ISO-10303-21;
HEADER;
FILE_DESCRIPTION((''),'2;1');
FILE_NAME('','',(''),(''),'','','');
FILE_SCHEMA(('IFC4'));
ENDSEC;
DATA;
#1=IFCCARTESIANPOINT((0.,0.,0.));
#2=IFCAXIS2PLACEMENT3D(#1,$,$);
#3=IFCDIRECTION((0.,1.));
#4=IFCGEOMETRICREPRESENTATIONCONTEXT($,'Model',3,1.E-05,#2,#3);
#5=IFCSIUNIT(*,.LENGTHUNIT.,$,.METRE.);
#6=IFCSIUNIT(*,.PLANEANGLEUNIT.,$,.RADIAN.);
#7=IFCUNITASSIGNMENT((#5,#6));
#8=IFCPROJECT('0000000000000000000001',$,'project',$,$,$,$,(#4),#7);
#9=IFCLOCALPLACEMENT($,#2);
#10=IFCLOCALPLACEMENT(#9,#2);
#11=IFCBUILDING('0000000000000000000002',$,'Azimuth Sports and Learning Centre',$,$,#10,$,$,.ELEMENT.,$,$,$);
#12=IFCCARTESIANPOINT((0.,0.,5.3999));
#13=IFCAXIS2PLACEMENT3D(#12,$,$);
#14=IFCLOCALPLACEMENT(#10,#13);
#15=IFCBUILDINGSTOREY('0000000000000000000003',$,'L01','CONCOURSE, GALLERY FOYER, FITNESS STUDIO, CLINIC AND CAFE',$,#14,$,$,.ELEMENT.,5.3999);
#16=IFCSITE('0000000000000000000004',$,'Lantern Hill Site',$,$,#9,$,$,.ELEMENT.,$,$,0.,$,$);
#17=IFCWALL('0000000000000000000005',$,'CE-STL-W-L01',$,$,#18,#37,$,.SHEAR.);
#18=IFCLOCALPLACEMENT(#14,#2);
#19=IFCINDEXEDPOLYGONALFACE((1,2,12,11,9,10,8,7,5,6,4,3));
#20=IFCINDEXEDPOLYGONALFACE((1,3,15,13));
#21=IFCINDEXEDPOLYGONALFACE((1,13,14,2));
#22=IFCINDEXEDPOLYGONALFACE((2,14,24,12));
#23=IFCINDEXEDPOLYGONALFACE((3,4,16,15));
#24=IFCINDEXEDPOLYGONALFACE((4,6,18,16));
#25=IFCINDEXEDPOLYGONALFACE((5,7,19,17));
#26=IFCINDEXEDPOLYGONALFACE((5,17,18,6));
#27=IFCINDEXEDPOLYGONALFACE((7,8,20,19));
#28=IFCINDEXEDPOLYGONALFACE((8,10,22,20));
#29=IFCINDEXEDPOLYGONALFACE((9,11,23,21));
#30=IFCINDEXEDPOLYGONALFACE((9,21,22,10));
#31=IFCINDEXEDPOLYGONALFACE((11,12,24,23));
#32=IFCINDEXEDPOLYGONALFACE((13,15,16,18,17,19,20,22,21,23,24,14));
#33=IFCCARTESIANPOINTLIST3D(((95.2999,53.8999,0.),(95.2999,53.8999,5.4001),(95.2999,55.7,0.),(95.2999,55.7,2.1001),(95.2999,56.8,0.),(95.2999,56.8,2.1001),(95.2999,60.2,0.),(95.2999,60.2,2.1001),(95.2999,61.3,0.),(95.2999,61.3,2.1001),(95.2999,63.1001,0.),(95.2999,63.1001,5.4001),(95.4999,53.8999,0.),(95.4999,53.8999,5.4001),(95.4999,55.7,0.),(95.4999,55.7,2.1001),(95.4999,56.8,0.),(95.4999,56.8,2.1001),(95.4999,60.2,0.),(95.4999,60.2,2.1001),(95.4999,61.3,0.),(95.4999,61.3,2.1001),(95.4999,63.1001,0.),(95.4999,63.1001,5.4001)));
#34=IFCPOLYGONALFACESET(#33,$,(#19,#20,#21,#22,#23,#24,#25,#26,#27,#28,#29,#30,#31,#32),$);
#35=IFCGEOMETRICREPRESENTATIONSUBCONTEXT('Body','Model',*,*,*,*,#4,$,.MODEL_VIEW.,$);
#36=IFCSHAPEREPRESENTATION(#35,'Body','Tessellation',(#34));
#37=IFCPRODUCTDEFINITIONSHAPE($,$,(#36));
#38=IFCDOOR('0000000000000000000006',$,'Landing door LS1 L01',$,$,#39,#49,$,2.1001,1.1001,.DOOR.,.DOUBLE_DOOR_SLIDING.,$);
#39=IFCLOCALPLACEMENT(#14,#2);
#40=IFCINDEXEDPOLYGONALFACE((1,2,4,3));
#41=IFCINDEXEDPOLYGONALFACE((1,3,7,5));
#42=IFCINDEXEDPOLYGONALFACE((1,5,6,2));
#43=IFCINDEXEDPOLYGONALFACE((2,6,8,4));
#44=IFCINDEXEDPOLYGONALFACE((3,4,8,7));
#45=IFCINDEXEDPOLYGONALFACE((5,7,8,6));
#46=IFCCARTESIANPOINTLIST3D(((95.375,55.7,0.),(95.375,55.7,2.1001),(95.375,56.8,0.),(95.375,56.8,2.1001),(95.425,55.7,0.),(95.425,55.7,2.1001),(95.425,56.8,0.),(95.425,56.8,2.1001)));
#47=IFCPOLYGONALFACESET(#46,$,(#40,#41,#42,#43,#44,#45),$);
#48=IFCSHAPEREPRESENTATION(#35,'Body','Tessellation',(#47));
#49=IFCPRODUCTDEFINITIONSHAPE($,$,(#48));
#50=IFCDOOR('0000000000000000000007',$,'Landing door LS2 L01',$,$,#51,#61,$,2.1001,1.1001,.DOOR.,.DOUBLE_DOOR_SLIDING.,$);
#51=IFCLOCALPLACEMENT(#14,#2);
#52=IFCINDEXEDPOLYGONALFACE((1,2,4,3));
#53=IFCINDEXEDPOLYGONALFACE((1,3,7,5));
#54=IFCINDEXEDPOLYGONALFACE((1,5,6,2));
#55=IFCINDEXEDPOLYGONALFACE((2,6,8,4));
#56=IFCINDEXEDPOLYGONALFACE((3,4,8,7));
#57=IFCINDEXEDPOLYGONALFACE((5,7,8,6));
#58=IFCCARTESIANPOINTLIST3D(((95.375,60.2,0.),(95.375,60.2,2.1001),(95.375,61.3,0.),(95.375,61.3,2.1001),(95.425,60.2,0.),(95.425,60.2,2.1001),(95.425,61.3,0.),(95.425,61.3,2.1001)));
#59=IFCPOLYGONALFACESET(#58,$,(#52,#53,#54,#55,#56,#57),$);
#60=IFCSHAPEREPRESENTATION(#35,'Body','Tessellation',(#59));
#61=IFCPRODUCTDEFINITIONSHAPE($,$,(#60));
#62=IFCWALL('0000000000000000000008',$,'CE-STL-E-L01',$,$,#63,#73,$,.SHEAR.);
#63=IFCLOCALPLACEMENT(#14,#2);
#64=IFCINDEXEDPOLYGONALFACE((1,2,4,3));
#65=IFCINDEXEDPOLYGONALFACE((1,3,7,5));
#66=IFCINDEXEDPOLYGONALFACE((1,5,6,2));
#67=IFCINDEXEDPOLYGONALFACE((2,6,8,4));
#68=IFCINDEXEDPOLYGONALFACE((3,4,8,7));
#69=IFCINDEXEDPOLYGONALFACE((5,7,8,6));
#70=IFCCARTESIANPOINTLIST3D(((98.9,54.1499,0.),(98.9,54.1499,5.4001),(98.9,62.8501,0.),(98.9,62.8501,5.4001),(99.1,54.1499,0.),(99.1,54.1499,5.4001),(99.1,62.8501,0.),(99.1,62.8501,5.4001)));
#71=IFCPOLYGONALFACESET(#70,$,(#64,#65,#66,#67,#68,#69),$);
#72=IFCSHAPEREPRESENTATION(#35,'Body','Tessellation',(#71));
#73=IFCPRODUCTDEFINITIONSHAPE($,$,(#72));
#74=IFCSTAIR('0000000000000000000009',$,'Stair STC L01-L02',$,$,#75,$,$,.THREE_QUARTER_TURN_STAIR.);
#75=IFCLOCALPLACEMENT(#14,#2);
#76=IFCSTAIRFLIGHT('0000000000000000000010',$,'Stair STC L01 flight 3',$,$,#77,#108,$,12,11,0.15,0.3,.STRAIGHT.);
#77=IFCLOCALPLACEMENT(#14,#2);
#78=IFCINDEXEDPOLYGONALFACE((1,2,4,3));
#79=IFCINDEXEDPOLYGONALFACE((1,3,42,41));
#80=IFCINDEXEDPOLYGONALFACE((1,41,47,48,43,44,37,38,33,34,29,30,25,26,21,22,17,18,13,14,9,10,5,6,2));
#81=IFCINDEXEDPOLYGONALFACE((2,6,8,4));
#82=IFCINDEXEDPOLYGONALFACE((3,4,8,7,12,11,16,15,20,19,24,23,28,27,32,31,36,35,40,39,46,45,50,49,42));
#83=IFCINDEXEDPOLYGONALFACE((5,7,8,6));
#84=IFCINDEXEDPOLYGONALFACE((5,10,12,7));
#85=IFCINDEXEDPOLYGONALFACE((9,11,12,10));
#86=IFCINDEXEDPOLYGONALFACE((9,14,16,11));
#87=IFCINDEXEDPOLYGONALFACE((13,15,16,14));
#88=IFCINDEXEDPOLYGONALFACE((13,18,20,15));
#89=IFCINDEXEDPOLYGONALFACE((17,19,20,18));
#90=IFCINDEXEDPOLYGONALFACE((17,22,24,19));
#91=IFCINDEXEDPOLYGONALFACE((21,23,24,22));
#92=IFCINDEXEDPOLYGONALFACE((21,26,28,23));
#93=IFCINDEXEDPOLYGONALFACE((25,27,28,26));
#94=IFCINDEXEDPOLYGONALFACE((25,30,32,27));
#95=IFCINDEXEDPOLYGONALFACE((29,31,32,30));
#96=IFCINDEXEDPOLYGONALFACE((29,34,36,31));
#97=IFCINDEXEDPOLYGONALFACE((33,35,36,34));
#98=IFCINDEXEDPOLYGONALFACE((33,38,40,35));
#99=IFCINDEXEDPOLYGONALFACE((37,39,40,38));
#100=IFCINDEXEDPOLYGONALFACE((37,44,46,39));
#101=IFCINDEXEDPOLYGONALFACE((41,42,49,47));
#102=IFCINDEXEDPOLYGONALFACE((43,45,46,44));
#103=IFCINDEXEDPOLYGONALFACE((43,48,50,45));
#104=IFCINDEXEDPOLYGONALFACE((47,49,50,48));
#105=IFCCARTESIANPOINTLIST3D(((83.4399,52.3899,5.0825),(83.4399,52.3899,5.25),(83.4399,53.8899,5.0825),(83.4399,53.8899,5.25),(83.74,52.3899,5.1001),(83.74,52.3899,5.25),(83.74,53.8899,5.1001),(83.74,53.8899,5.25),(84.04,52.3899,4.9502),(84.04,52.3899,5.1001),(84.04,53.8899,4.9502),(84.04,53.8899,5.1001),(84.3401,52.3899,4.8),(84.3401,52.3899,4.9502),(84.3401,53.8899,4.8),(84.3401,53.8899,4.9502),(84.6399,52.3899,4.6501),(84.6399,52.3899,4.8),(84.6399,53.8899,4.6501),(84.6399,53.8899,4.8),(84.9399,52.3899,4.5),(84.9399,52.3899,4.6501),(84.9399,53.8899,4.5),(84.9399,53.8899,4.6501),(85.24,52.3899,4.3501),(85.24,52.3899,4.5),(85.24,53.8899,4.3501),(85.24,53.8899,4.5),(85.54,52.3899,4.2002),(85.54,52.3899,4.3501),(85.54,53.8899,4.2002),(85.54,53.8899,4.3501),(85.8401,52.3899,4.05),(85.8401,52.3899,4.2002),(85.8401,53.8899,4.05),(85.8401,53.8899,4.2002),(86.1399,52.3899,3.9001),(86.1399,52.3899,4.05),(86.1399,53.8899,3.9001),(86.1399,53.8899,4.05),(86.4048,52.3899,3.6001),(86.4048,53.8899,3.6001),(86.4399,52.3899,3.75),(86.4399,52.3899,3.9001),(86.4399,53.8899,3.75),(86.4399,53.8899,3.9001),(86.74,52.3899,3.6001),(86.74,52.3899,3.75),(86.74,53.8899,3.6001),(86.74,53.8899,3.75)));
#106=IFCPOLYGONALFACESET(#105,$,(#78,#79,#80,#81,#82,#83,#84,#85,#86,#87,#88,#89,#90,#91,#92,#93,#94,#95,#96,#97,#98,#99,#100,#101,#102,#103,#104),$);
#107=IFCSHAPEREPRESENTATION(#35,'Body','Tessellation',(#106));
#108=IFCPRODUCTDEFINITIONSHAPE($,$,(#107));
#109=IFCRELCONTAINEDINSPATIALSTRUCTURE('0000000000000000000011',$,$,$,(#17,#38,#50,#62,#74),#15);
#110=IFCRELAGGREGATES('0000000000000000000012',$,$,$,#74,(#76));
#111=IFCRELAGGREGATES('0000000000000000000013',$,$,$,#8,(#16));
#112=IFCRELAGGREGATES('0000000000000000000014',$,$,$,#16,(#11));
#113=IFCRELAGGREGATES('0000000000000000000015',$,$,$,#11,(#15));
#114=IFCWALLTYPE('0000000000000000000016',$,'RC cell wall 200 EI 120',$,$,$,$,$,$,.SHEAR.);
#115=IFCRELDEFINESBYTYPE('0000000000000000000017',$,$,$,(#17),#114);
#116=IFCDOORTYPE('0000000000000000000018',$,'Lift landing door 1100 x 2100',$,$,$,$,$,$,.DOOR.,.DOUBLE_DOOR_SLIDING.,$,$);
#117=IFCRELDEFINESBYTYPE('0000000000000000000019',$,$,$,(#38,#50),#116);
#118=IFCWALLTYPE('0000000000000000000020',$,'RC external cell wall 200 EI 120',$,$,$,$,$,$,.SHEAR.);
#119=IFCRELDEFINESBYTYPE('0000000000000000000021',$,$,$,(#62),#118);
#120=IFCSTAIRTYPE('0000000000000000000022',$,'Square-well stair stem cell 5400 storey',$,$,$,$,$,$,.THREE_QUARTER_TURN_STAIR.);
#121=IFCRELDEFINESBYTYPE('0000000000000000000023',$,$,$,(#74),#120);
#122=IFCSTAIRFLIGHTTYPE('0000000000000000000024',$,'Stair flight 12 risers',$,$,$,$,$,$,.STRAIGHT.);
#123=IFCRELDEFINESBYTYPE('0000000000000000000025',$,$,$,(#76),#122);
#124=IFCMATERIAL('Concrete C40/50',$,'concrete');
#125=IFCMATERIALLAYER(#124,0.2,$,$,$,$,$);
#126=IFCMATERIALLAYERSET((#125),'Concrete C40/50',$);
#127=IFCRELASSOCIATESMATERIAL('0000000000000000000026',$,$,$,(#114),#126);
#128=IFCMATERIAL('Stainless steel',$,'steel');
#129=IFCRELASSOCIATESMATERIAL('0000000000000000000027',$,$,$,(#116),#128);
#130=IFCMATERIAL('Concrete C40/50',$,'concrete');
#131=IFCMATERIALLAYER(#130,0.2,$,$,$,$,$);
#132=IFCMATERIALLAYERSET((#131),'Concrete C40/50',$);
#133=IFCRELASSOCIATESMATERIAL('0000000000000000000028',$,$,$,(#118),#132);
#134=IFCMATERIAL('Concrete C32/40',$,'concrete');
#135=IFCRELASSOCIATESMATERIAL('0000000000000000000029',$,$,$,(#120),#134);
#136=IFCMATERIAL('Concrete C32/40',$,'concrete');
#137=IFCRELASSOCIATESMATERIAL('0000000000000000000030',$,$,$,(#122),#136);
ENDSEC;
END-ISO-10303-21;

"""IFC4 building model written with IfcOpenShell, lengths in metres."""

from ifc_helpers import new_model, si_unit, direction, frame, frame_2d, origin, place, context, subcontext, project, spatial, polyline, rectangle, outline, extrude, material, layer, layer_set, type_object, element, fill, aggregate, save


model = new_model("IFC4")

# Units and contexts
model_context = context("Model", 3, precision=1e-05, world=origin(), true_north=direction((0.0, 1.0)))
body_context = subcontext(model_context, "Body", "Model", "MODEL_VIEW")
ifc_project = project(units=[si_unit("LENGTHUNIT", "METRE"), si_unit("PLANEANGLEUNIT", "RADIAN")], contexts=[model_context])

# Site, building, storey
site_placement = place(None, origin())
site = spatial("IfcSite", under=ifc_project, at=site_placement, Name="Lantern Hill Site", CompositionType="ELEMENT", RefElevation=0.0)
building_placement = place(site_placement, origin())
building = spatial("IfcBuilding", under=site, at=building_placement, Name="Azimuth Sports and Learning Centre", CompositionType="ELEMENT")
storey_placement = place(building_placement, frame((0.0, 0.0, 5.3999)))
storey = spatial("IfcBuildingStorey", under=building, at=storey_placement, Name="L01", Description="CONCOURSE, GALLERY FOYER, FITNESS STUDIO, CLINIC AND CAFE", CompositionType="ELEMENT", Elevation=5.3999)

# Shared definitions
ifc_material_1 = material(Name="Concrete C40/50", Category="concrete")
ifc_layer_1 = layer(ifc_material_1, 0.2)
ifc_layer_set_1 = layer_set([ifc_layer_1], Name="Concrete C40/50")
wall_type_1 = type_object("IfcWallType", Name="RC cell wall 200 EI 120", PredefinedType="SHEAR", material=ifc_layer_set_1)

# Wall, openings, doors
wall_1_placement = place(storey_placement, frame((95.3999, 53.8999, 0.0), z_axis=(0.0, 0.0, 1.0), x_axis=(0.0, 1.0, 0.0)))
wall_1 = element("IfcWall", 1, at=wall_1_placement, inside=storey, type_object=wall_type_1, Name="CE-STL-W-L01", PredefinedType="SHEAR", context=body_context, shape_type="SweptSolid", body=[
    extrude(rectangle(XDim=9.2002, YDim=0.2, at=frame_2d((4.6001, 0.0))), origin(), (0.0, 0.0, 1.0), 5.4001),
])
opening_1_placement = place(wall_1_placement, frame((1.8, 0.0, 0.0)))
opening_1 = element("IfcOpeningElement", 2, at=opening_1_placement, cuts=wall_1, PredefinedType="OPENING", context=body_context, shape_type="SweptSolid", body=[
    extrude(rectangle(XDim=1.1001, YDim=2.1001, at=frame_2d((0.55, 1.05))), frame((0.0, 0.1108, 0.0), z_axis=(0.0, -1.0, 0.0), x_axis=(1.0, 0.0, 0.0)), (0.0, 0.0, 1.0), 0.2219),
])
opening_2_placement = place(wall_1_placement, frame((6.3, 0.0, 0.0)))
opening_2 = element("IfcOpeningElement", 3, at=opening_2_placement, cuts=wall_1, PredefinedType="OPENING", context=body_context, shape_type="SweptSolid", body=[
    extrude(rectangle(XDim=1.1001, YDim=2.1001, at=frame_2d((0.55, 1.05))), frame((0.0, 0.1108, 0.0), z_axis=(0.0, -1.0, 0.0), x_axis=(1.0, 0.0, 0.0)), (0.0, 0.0, 1.0), 0.2219),
])
ifc_material_2 = material(Name="Stainless steel", Category="steel")
door_type = type_object("IfcDoorType", Name="Lift landing door 1100 x 2100", OperationType="DOUBLE_DOOR_SLIDING", PredefinedType="DOOR", material=ifc_material_2)
door_1_placement = place(opening_1_placement, origin())
door_1 = element("IfcDoor", 4, at=door_1_placement, inside=storey, type_object=door_type, Name="Landing door LS1 L01", OperationType="DOUBLE_DOOR_SLIDING", OverallHeight=2.1001, OverallWidth=1.1001, PredefinedType="DOOR", context=body_context, shape_type="SweptSolid", body=[
    extrude(rectangle(XDim=1.1001, YDim=2.1001, at=frame_2d((0.55, 1.05))), frame((0.0, 0.0249, 0.0), z_axis=(0.0, -1.0, 0.0), x_axis=(1.0, 0.0, 0.0)), (0.0, 0.0, 1.0), 0.05),
])
fill(opening_1, door_1)
door_2_placement = place(opening_2_placement, origin())
door_2 = element("IfcDoor", 5, at=door_2_placement, inside=storey, type_object=door_type, Name="Landing door LS2 L01", OperationType="DOUBLE_DOOR_SLIDING", OverallHeight=2.1001, OverallWidth=1.1001, PredefinedType="DOOR", context=body_context, shape_type="SweptSolid", body=[
    extrude(rectangle(XDim=1.1001, YDim=2.1001, at=frame_2d((0.55, 1.05))), frame((0.0, 0.0249, 0.0), z_axis=(0.0, -1.0, 0.0), x_axis=(1.0, 0.0, 0.0)), (0.0, 0.0, 1.0), 0.05),
])
fill(opening_2, door_2)

# Wall
ifc_material_3 = material(Name="Concrete C40/50", Category="concrete")
ifc_layer_2 = layer(ifc_material_3, 0.2)
ifc_layer_set_2 = layer_set([ifc_layer_2], Name="Concrete C40/50")
wall_type_2 = type_object("IfcWallType", Name="RC external cell wall 200 EI 120", PredefinedType="SHEAR", material=ifc_layer_set_2)
wall_2_placement = place(storey_placement, frame((99.0, 54.1499, 0.0), z_axis=(0.0, 0.0, 1.0), x_axis=(0.0, 1.0, 0.0)))
element("IfcWall", 6, at=wall_2_placement, inside=storey, type_object=wall_type_2, Name="CE-STL-E-L01", PredefinedType="SHEAR", context=body_context, shape_type="SweptSolid", body=[
    extrude(rectangle(XDim=8.7002, YDim=0.2, at=frame_2d((4.3501, 0.0))), origin(), (0.0, 0.0, 1.0), 5.4001),
])

# Stair, stair flight
ifc_material_4 = material(Name="Concrete C32/40", Category="concrete")
stair_type = type_object("IfcStairType", Name="Square-well stair stem cell 5400 storey", PredefinedType="THREE_QUARTER_TURN_STAIR", material=ifc_material_4)
stair_placement = place(storey_placement, origin())
stair = element("IfcStair", 7, at=stair_placement, inside=storey, type_object=stair_type, Name="Stair STC L01-L02", PredefinedType="THREE_QUARTER_TURN_STAIR")
ifc_material_5 = material(Name="Concrete C32/40", Category="concrete")
stair_flight_type = type_object("IfcStairFlightType", Name="Stair flight 12 risers", PredefinedType="STRAIGHT", material=ifc_material_5)
stair_flight_placement = place(storey_placement, frame((86.74, 53.1399, 3.6001), z_axis=(0.0, 0.0, 1.0), x_axis=(-1.0, 0.0, 0.0)))
stair_flight = element("IfcStairFlight", 8, at=stair_flight_placement, type_object=stair_flight_type, Name="Stair STC L01 flight 3", NumberOfRisers=12, NumberOfTreads=11, PredefinedType="STRAIGHT", RiserHeight=0.15, TreadLength=0.3, context=body_context, shape_type="SweptSolid", body=[
    extrude(outline(polyline([(0.0, 0.0), (0.0, 0.1499), (0.3, 0.1499), (0.3, 0.3), (0.6001, 0.3), (0.6001, 0.45), (0.8999, 0.45), (0.8999, 0.6001), (1.2, 0.6001), (1.2, 0.75), (1.5, 0.75), (1.5, 0.8999), (1.8, 0.8999), (1.8, 1.05), (2.1001, 1.05), (2.1001, 1.2), (2.3999, 1.2), (2.3999, 1.3501), (2.7, 1.3501), (2.7, 1.5), (3.0, 1.5), (3.0, 1.6499), (3.3, 1.6499), (3.3, 1.8), (3.3, 1.4824), (0.3352, 0.0), (0.0, 0.0)])), frame((0.0, 0.75, 0.0), z_axis=(0.0, -1.0, 0.0), x_axis=(1.0, 0.0, 0.0)), (0.0, 0.0, 1.0), 1.5),
])
aggregate(stair, [stair_flight])

save(model, "model.ifc")
